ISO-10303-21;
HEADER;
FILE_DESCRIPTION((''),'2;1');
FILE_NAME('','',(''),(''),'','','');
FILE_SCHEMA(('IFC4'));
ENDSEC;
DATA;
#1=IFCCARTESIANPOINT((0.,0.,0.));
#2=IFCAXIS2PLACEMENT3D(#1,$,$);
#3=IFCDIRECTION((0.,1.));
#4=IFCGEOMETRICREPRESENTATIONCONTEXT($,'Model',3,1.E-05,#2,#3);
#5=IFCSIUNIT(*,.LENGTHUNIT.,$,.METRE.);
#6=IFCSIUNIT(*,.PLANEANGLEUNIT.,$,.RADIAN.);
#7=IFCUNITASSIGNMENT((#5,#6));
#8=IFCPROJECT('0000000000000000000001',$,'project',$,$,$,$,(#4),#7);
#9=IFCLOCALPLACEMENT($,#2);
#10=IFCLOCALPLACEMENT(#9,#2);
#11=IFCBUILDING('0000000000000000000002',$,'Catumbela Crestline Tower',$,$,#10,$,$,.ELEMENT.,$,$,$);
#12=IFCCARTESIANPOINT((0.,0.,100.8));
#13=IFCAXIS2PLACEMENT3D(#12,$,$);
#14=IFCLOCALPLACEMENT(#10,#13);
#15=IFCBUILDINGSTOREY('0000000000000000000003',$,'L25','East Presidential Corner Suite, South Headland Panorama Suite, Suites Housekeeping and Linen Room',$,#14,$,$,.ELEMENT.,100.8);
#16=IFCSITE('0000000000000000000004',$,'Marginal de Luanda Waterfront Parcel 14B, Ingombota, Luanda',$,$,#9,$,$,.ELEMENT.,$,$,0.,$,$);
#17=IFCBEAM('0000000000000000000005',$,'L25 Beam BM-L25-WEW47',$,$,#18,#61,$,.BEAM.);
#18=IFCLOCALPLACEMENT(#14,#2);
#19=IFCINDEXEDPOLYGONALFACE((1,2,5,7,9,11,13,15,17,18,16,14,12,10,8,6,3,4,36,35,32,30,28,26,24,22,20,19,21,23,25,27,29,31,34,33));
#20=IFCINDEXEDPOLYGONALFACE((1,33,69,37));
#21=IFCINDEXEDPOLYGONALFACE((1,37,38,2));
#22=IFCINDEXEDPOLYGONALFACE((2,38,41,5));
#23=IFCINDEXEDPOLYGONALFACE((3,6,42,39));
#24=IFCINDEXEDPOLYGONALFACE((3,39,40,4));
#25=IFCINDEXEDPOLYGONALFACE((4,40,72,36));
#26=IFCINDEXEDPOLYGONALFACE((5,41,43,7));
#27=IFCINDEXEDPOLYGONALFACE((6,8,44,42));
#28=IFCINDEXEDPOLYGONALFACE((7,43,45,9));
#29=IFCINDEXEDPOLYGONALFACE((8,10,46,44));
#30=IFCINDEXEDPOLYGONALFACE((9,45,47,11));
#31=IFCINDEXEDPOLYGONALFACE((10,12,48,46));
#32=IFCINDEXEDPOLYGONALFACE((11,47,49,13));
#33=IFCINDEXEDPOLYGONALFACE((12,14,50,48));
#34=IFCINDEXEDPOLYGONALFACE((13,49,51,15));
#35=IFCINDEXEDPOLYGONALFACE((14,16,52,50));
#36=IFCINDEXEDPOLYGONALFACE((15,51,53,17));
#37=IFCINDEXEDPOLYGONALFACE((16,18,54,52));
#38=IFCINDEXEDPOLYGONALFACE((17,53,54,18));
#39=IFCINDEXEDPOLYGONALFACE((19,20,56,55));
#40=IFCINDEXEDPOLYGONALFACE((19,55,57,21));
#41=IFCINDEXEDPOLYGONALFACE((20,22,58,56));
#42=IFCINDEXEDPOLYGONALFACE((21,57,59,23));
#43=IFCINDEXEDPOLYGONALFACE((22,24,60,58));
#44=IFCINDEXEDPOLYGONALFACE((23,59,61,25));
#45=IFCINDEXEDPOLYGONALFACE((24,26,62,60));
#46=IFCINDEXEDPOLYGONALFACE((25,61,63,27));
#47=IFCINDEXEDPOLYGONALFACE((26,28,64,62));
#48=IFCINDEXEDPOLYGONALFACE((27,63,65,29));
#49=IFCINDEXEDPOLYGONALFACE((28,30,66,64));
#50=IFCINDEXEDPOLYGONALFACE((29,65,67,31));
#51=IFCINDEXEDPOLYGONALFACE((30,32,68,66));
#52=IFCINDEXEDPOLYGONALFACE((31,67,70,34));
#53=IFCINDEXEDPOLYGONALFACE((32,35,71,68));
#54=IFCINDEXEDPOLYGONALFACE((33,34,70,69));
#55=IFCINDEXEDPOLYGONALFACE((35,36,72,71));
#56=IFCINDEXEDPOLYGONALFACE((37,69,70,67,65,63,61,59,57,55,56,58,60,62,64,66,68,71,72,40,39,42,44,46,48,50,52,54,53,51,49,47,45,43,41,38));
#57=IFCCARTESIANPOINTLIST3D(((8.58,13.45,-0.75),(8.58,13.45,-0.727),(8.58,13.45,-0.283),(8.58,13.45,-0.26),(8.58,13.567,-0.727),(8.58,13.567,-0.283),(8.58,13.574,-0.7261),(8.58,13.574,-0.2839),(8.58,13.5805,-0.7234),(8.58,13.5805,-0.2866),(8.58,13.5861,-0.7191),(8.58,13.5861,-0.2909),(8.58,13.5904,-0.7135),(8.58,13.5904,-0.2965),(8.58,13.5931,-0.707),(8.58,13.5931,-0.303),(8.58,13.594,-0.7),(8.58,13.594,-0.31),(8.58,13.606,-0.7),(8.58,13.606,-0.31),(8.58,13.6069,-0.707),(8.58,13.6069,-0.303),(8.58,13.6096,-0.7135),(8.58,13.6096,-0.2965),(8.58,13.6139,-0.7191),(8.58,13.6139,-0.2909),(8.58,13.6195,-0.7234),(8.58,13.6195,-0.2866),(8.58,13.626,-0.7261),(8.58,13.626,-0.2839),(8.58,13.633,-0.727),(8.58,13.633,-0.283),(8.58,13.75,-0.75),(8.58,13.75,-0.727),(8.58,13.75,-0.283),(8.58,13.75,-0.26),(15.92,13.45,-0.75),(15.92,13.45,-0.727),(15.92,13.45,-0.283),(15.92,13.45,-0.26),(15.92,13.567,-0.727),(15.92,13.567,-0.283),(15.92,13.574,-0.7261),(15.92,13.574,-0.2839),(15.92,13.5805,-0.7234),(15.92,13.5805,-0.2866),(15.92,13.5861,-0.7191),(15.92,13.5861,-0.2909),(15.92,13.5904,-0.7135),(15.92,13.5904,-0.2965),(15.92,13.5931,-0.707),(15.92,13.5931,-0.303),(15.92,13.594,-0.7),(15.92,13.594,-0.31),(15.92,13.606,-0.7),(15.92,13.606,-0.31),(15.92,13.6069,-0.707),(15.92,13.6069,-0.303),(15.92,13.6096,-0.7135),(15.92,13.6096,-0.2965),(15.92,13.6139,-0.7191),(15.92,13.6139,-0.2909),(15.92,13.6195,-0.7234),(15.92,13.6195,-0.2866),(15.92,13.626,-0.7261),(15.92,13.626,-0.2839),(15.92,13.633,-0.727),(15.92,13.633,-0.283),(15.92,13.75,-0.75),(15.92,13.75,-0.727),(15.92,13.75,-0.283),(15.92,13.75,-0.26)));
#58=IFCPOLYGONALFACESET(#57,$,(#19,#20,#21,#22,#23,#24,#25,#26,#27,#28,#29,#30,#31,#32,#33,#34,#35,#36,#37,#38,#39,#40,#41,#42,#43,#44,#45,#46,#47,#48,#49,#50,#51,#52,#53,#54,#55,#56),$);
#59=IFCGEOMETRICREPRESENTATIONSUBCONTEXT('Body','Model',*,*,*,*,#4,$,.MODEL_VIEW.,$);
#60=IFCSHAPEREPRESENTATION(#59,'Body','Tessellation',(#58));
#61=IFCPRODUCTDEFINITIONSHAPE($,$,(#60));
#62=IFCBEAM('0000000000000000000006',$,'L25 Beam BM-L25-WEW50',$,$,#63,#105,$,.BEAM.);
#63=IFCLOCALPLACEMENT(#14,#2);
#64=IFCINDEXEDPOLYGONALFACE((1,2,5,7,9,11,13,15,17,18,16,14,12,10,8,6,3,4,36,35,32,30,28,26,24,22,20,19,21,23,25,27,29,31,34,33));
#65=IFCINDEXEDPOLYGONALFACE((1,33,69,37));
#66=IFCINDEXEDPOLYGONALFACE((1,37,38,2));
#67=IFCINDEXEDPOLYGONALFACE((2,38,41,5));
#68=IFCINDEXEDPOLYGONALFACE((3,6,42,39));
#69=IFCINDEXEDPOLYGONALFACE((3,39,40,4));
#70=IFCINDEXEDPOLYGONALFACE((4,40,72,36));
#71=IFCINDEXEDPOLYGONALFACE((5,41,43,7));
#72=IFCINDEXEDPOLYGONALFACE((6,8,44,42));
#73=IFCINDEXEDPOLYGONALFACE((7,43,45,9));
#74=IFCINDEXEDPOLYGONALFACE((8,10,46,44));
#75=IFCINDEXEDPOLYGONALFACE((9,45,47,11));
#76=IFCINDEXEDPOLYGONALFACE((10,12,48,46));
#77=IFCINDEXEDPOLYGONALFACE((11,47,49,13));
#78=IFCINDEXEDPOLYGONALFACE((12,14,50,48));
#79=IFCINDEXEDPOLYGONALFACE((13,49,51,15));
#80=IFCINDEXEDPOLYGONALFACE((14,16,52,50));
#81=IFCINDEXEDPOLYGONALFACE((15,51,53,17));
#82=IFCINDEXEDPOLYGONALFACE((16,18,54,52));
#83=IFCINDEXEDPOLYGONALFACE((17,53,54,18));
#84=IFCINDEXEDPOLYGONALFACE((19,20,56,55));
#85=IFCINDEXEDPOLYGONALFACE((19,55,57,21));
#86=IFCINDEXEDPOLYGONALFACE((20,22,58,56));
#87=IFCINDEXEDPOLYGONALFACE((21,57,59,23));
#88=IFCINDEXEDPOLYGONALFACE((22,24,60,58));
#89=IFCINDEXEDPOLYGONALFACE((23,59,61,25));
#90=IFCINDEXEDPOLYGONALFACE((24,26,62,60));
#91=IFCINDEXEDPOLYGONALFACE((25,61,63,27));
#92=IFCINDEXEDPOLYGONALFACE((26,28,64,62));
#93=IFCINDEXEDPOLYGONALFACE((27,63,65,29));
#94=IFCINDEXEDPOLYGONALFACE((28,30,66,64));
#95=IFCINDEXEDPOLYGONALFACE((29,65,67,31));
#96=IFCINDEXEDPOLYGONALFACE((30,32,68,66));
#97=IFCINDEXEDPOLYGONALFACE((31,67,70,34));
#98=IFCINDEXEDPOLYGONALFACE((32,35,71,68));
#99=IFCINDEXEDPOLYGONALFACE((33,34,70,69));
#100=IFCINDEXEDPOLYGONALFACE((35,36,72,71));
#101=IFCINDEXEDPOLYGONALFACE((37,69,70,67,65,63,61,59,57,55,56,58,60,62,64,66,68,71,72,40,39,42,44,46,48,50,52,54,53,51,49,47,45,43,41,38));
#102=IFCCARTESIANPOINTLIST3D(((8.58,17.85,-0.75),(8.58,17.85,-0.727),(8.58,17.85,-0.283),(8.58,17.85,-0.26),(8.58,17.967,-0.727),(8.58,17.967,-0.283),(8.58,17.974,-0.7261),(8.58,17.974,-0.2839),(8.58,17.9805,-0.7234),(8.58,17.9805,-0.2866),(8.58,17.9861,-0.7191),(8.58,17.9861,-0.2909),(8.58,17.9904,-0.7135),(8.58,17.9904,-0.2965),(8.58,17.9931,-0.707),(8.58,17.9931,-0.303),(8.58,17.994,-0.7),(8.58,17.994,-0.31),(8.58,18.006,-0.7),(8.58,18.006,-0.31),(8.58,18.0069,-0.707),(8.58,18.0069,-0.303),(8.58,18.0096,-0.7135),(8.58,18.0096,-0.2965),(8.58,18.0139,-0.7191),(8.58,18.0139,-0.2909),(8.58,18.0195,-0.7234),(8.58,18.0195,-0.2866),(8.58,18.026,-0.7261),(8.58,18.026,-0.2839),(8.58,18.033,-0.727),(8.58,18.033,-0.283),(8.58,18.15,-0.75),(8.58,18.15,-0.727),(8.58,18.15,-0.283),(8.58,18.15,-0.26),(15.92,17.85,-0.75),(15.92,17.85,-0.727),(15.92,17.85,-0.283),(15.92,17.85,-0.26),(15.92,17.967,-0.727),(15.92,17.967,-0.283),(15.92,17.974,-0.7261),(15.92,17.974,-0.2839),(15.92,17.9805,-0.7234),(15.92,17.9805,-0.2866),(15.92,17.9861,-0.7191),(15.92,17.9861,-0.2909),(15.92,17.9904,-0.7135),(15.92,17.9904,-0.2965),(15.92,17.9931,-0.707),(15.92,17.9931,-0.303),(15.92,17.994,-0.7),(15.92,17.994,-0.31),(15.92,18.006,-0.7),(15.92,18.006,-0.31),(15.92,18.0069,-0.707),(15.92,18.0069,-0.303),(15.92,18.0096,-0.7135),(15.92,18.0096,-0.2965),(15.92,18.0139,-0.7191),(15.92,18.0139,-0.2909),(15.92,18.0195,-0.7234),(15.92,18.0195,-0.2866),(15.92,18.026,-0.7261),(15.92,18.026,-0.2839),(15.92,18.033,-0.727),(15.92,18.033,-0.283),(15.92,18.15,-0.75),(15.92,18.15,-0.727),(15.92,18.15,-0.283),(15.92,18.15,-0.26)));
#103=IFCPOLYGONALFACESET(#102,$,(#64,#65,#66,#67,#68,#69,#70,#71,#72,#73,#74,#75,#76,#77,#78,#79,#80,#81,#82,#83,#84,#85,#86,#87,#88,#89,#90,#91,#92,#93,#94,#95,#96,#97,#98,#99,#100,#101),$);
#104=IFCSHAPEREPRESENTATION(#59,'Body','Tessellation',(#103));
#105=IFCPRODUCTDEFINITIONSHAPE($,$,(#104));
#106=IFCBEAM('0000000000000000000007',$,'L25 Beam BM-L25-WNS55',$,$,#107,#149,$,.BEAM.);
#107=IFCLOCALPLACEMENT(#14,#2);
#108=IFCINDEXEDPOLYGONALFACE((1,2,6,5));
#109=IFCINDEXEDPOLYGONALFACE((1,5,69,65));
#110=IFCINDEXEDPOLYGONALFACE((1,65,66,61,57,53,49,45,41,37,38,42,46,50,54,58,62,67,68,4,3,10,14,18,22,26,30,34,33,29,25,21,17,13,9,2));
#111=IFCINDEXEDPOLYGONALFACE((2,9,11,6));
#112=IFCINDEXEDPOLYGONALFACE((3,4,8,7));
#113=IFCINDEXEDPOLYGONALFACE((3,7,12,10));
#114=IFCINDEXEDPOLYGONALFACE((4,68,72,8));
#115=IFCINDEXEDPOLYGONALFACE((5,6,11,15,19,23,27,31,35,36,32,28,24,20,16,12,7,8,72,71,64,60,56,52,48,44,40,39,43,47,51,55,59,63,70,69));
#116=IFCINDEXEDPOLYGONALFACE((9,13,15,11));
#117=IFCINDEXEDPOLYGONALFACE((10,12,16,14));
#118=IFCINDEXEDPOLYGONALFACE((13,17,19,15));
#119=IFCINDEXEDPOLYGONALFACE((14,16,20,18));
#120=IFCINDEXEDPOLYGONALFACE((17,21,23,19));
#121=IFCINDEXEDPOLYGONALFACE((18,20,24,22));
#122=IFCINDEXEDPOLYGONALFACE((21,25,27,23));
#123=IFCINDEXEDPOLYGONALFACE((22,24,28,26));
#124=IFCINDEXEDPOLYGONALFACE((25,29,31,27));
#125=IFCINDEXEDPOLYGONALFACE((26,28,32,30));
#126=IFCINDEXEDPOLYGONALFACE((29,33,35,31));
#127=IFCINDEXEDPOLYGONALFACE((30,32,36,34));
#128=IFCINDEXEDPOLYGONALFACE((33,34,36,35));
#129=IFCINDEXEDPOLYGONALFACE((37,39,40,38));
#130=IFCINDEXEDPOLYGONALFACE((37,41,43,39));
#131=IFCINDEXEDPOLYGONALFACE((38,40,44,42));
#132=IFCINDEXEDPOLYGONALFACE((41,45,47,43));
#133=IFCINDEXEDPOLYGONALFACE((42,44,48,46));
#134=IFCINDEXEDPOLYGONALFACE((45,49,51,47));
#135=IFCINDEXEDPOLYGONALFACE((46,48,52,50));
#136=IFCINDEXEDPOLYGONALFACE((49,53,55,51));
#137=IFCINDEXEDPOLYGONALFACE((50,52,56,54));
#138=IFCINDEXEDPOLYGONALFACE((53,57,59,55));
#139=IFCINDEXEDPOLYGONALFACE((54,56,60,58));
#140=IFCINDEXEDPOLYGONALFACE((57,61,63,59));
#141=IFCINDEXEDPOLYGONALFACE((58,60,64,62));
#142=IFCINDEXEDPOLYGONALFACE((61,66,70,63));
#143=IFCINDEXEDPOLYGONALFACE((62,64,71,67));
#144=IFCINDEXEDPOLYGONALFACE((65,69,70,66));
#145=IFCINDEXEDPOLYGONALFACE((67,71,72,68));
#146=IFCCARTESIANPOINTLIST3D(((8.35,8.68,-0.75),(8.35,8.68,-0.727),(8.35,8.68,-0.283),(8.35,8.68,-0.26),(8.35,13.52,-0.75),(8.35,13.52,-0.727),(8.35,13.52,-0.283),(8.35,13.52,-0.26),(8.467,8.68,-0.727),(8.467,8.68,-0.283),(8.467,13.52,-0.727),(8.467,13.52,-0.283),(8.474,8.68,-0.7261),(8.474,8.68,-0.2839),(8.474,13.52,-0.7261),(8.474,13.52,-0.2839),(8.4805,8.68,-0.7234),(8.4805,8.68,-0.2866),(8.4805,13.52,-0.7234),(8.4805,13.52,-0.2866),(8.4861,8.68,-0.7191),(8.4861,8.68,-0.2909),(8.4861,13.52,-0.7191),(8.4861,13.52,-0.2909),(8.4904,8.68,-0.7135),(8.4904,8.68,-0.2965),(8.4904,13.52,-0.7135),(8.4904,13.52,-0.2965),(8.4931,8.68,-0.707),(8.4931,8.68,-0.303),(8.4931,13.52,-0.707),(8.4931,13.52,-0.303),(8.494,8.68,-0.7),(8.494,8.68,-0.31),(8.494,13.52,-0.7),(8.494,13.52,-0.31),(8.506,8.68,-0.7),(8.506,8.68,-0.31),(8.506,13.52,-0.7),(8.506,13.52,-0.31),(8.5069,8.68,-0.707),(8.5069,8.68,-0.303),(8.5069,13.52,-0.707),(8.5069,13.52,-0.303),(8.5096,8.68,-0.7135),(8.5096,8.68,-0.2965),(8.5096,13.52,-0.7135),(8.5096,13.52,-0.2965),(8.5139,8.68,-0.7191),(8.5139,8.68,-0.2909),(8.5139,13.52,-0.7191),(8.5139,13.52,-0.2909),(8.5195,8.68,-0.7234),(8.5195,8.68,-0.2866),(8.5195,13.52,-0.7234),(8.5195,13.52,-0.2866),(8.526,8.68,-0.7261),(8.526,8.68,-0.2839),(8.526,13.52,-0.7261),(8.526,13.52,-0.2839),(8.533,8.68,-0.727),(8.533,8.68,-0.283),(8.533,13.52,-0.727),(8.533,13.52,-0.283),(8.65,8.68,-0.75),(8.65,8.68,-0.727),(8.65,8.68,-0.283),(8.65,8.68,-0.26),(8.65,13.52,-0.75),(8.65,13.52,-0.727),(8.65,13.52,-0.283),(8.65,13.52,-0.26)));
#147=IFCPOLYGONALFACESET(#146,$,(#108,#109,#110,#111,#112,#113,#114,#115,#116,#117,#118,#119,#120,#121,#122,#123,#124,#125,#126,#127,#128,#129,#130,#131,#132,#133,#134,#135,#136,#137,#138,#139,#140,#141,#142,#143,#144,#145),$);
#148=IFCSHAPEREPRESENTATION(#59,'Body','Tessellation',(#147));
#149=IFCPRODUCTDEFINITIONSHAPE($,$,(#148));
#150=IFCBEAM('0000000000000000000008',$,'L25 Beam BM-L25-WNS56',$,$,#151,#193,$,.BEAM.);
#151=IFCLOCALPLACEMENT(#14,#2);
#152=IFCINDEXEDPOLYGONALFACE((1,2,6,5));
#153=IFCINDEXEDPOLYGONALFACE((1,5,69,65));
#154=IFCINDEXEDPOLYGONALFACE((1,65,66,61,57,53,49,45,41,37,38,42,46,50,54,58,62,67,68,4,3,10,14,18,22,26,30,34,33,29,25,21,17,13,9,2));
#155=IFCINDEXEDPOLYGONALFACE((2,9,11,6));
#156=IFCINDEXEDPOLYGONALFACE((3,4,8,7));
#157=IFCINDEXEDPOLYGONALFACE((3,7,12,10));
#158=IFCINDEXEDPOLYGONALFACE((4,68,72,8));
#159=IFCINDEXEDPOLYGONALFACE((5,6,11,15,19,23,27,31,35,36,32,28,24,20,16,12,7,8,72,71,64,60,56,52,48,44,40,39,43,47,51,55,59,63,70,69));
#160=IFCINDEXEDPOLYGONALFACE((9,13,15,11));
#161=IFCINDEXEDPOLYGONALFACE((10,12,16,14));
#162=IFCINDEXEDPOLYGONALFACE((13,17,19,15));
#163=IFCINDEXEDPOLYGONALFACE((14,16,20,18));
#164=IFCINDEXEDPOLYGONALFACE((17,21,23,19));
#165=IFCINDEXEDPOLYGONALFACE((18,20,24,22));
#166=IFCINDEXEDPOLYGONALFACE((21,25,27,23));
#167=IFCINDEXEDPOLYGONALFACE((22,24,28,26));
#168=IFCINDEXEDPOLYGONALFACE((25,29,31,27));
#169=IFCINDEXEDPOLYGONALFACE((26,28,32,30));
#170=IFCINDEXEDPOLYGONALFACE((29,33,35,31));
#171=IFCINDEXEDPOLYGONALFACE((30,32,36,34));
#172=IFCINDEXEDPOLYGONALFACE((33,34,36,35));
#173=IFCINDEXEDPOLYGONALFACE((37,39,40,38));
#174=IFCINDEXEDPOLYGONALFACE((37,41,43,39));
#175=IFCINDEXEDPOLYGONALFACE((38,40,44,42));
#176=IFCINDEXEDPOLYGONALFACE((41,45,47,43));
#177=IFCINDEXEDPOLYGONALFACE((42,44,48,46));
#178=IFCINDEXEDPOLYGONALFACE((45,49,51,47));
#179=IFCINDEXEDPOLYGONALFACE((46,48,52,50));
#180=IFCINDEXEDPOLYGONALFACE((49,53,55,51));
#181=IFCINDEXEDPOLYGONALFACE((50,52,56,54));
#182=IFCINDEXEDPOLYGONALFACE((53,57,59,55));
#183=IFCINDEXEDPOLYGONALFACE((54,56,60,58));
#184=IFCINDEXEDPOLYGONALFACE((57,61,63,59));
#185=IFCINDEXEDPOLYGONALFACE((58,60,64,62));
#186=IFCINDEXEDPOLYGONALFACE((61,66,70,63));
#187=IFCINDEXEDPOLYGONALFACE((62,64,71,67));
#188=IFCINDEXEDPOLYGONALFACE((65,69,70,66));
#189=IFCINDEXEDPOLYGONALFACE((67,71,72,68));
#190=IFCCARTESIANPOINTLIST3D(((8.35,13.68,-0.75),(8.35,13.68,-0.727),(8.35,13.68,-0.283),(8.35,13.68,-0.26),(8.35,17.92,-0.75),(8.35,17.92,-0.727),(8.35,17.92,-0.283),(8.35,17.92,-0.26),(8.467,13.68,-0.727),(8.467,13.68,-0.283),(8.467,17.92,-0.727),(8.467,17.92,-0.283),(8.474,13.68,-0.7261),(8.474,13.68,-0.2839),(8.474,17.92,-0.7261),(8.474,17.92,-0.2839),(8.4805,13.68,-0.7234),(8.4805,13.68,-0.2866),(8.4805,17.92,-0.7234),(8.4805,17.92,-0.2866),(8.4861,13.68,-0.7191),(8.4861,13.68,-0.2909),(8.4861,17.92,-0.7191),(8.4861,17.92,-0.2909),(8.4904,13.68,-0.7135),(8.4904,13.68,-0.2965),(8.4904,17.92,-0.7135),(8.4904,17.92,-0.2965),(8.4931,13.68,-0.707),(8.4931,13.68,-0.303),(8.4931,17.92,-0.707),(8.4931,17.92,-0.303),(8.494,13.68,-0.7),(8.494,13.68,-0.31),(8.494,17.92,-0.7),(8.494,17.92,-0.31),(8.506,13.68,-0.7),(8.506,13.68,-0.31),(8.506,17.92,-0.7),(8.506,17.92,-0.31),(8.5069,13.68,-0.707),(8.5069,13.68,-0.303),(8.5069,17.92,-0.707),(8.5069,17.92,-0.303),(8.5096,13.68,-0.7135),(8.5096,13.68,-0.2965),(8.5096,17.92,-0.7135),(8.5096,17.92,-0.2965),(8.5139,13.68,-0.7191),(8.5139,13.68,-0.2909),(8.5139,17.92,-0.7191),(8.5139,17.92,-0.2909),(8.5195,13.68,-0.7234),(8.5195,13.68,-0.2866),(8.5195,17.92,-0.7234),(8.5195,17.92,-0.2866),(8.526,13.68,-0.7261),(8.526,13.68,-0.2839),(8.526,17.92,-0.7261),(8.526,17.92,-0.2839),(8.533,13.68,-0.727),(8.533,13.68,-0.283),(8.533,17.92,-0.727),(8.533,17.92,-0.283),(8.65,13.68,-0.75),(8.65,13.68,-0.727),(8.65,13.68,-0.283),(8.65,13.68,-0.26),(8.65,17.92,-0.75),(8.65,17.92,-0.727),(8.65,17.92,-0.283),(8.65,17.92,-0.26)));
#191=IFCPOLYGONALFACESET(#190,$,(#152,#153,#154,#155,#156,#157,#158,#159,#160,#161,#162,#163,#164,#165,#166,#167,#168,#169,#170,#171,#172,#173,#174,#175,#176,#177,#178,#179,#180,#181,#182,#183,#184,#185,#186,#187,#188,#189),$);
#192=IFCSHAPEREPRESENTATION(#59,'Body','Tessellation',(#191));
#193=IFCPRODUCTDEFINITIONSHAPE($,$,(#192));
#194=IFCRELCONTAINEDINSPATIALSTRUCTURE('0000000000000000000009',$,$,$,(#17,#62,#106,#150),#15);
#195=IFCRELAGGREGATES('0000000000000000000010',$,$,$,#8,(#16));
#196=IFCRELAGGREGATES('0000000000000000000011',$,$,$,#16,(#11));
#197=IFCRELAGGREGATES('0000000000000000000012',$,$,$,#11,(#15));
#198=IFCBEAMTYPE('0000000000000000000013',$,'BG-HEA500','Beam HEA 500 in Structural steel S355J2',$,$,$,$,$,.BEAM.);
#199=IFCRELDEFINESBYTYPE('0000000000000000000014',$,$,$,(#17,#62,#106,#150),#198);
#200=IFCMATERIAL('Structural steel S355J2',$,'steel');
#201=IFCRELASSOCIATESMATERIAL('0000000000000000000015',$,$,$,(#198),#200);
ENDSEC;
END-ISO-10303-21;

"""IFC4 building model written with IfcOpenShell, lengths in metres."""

from ifc_helpers import new_model, si_unit, direction, frame, origin, origin_2d, place, context, subcontext, project, spatial, i_section, extrude, material, material_profile, profile_set, type_object, element, save


model = new_model("IFC4")

# Units and contexts
model_context = context("Model", 3, precision=1e-05, world=origin(), true_north=direction((0.0, 1.0)))
body_context = subcontext(model_context, "Body", "Model", "MODEL_VIEW")
ifc_project = project(units=[si_unit("LENGTHUNIT", "METRE"), si_unit("PLANEANGLEUNIT", "RADIAN")], contexts=[model_context])

# Site, building, storey
site_placement = place(None, origin())
site = spatial("IfcSite", under=ifc_project, at=site_placement, Name="Marginal de Luanda Waterfront Parcel 14B, Ingombota, Luanda", CompositionType="ELEMENT", RefElevation=0.0)
building_placement = place(site_placement, origin())
building = spatial("IfcBuilding", under=site, at=building_placement, Name="Catumbela Crestline Tower", CompositionType="ELEMENT")
storey_placement = place(building_placement, frame((0.0, 0.0, 100.8)))
storey = spatial("IfcBuildingStorey", under=building, at=storey_placement, Name="L25", Description="East Presidential Corner Suite, South Headland Panorama Suite, Suites Housekeeping and Linen Room", CompositionType="ELEMENT", Elevation=100.8)

# Beams
ifc_material_1 = material(Name="Structural steel S355J2", Category="steel")
ifc_material_profile_1 = material_profile(ifc_material_1, i_section(OverallWidth=0.3, OverallDepth=0.49, WebThickness=0.012, FlangeThickness=0.023, FilletRadius=0.027, at=origin_2d()), Name="HEA 500")
ifc_profile_set_1 = profile_set([ifc_material_profile_1], Name="Structural steel S355J2")
beam_type_1 = type_object("IfcBeamType", Name="BG-HEA500", Description="Beam HEA 500 in Structural steel S355J2", PredefinedType="BEAM", material=ifc_profile_set_1)
for number, where, z_axis, x_axis, name in (
    (1, (8.58, 13.6, -0.505), (1.0, 0.0, 0.0), (0.0, 1.0, 0.0), "L25 Beam BM-L25-WEW47"),
    (2, (8.58, 18.0, -0.505), (1.0, 0.0, 0.0), (0.0, 1.0, 0.0), "L25 Beam BM-L25-WEW50"),
):
    element("IfcBeam", number, at=place(storey_placement, frame(where, z_axis=z_axis, x_axis=x_axis)), inside=storey, type_object=beam_type_1, Name=name, PredefinedType="BEAM", context=body_context, shape_type="SweptSolid", body=[
        extrude(i_section(OverallWidth=0.3, OverallDepth=0.49, WebThickness=0.012, FlangeThickness=0.023, FilletRadius=0.027, at=origin_2d()), origin(), (0.0, 0.0, 1.0), 7.34),
    ])
beam_1_placement = place(storey_placement, frame((8.5, 8.68, -0.505), z_axis=(0.0, 1.0, 0.0), x_axis=(-1.0, 0.0, 0.0)))
element("IfcBeam", 3, at=beam_1_placement, inside=storey, type_object=beam_type_1, Name="L25 Beam BM-L25-WNS55", PredefinedType="BEAM", context=body_context, shape_type="SweptSolid", body=[
    extrude(i_section(OverallWidth=0.3, OverallDepth=0.49, WebThickness=0.012, FlangeThickness=0.023, FilletRadius=0.027, at=origin_2d()), origin(), (0.0, 0.0, 1.0), 4.84),
])
beam_2_placement = place(storey_placement, frame((8.5, 13.68, -0.505), z_axis=(0.0, 1.0, 0.0), x_axis=(-1.0, 0.0, 0.0)))
element("IfcBeam", 4, at=beam_2_placement, inside=storey, type_object=beam_type_1, Name="L25 Beam BM-L25-WNS56", PredefinedType="BEAM", context=body_context, shape_type="SweptSolid", body=[
    extrude(i_section(OverallWidth=0.3, OverallDepth=0.49, WebThickness=0.012, FlangeThickness=0.023, FilletRadius=0.027, at=origin_2d()), origin(), (0.0, 0.0, 1.0), 4.24),
])

save(model, "model.ifc")
